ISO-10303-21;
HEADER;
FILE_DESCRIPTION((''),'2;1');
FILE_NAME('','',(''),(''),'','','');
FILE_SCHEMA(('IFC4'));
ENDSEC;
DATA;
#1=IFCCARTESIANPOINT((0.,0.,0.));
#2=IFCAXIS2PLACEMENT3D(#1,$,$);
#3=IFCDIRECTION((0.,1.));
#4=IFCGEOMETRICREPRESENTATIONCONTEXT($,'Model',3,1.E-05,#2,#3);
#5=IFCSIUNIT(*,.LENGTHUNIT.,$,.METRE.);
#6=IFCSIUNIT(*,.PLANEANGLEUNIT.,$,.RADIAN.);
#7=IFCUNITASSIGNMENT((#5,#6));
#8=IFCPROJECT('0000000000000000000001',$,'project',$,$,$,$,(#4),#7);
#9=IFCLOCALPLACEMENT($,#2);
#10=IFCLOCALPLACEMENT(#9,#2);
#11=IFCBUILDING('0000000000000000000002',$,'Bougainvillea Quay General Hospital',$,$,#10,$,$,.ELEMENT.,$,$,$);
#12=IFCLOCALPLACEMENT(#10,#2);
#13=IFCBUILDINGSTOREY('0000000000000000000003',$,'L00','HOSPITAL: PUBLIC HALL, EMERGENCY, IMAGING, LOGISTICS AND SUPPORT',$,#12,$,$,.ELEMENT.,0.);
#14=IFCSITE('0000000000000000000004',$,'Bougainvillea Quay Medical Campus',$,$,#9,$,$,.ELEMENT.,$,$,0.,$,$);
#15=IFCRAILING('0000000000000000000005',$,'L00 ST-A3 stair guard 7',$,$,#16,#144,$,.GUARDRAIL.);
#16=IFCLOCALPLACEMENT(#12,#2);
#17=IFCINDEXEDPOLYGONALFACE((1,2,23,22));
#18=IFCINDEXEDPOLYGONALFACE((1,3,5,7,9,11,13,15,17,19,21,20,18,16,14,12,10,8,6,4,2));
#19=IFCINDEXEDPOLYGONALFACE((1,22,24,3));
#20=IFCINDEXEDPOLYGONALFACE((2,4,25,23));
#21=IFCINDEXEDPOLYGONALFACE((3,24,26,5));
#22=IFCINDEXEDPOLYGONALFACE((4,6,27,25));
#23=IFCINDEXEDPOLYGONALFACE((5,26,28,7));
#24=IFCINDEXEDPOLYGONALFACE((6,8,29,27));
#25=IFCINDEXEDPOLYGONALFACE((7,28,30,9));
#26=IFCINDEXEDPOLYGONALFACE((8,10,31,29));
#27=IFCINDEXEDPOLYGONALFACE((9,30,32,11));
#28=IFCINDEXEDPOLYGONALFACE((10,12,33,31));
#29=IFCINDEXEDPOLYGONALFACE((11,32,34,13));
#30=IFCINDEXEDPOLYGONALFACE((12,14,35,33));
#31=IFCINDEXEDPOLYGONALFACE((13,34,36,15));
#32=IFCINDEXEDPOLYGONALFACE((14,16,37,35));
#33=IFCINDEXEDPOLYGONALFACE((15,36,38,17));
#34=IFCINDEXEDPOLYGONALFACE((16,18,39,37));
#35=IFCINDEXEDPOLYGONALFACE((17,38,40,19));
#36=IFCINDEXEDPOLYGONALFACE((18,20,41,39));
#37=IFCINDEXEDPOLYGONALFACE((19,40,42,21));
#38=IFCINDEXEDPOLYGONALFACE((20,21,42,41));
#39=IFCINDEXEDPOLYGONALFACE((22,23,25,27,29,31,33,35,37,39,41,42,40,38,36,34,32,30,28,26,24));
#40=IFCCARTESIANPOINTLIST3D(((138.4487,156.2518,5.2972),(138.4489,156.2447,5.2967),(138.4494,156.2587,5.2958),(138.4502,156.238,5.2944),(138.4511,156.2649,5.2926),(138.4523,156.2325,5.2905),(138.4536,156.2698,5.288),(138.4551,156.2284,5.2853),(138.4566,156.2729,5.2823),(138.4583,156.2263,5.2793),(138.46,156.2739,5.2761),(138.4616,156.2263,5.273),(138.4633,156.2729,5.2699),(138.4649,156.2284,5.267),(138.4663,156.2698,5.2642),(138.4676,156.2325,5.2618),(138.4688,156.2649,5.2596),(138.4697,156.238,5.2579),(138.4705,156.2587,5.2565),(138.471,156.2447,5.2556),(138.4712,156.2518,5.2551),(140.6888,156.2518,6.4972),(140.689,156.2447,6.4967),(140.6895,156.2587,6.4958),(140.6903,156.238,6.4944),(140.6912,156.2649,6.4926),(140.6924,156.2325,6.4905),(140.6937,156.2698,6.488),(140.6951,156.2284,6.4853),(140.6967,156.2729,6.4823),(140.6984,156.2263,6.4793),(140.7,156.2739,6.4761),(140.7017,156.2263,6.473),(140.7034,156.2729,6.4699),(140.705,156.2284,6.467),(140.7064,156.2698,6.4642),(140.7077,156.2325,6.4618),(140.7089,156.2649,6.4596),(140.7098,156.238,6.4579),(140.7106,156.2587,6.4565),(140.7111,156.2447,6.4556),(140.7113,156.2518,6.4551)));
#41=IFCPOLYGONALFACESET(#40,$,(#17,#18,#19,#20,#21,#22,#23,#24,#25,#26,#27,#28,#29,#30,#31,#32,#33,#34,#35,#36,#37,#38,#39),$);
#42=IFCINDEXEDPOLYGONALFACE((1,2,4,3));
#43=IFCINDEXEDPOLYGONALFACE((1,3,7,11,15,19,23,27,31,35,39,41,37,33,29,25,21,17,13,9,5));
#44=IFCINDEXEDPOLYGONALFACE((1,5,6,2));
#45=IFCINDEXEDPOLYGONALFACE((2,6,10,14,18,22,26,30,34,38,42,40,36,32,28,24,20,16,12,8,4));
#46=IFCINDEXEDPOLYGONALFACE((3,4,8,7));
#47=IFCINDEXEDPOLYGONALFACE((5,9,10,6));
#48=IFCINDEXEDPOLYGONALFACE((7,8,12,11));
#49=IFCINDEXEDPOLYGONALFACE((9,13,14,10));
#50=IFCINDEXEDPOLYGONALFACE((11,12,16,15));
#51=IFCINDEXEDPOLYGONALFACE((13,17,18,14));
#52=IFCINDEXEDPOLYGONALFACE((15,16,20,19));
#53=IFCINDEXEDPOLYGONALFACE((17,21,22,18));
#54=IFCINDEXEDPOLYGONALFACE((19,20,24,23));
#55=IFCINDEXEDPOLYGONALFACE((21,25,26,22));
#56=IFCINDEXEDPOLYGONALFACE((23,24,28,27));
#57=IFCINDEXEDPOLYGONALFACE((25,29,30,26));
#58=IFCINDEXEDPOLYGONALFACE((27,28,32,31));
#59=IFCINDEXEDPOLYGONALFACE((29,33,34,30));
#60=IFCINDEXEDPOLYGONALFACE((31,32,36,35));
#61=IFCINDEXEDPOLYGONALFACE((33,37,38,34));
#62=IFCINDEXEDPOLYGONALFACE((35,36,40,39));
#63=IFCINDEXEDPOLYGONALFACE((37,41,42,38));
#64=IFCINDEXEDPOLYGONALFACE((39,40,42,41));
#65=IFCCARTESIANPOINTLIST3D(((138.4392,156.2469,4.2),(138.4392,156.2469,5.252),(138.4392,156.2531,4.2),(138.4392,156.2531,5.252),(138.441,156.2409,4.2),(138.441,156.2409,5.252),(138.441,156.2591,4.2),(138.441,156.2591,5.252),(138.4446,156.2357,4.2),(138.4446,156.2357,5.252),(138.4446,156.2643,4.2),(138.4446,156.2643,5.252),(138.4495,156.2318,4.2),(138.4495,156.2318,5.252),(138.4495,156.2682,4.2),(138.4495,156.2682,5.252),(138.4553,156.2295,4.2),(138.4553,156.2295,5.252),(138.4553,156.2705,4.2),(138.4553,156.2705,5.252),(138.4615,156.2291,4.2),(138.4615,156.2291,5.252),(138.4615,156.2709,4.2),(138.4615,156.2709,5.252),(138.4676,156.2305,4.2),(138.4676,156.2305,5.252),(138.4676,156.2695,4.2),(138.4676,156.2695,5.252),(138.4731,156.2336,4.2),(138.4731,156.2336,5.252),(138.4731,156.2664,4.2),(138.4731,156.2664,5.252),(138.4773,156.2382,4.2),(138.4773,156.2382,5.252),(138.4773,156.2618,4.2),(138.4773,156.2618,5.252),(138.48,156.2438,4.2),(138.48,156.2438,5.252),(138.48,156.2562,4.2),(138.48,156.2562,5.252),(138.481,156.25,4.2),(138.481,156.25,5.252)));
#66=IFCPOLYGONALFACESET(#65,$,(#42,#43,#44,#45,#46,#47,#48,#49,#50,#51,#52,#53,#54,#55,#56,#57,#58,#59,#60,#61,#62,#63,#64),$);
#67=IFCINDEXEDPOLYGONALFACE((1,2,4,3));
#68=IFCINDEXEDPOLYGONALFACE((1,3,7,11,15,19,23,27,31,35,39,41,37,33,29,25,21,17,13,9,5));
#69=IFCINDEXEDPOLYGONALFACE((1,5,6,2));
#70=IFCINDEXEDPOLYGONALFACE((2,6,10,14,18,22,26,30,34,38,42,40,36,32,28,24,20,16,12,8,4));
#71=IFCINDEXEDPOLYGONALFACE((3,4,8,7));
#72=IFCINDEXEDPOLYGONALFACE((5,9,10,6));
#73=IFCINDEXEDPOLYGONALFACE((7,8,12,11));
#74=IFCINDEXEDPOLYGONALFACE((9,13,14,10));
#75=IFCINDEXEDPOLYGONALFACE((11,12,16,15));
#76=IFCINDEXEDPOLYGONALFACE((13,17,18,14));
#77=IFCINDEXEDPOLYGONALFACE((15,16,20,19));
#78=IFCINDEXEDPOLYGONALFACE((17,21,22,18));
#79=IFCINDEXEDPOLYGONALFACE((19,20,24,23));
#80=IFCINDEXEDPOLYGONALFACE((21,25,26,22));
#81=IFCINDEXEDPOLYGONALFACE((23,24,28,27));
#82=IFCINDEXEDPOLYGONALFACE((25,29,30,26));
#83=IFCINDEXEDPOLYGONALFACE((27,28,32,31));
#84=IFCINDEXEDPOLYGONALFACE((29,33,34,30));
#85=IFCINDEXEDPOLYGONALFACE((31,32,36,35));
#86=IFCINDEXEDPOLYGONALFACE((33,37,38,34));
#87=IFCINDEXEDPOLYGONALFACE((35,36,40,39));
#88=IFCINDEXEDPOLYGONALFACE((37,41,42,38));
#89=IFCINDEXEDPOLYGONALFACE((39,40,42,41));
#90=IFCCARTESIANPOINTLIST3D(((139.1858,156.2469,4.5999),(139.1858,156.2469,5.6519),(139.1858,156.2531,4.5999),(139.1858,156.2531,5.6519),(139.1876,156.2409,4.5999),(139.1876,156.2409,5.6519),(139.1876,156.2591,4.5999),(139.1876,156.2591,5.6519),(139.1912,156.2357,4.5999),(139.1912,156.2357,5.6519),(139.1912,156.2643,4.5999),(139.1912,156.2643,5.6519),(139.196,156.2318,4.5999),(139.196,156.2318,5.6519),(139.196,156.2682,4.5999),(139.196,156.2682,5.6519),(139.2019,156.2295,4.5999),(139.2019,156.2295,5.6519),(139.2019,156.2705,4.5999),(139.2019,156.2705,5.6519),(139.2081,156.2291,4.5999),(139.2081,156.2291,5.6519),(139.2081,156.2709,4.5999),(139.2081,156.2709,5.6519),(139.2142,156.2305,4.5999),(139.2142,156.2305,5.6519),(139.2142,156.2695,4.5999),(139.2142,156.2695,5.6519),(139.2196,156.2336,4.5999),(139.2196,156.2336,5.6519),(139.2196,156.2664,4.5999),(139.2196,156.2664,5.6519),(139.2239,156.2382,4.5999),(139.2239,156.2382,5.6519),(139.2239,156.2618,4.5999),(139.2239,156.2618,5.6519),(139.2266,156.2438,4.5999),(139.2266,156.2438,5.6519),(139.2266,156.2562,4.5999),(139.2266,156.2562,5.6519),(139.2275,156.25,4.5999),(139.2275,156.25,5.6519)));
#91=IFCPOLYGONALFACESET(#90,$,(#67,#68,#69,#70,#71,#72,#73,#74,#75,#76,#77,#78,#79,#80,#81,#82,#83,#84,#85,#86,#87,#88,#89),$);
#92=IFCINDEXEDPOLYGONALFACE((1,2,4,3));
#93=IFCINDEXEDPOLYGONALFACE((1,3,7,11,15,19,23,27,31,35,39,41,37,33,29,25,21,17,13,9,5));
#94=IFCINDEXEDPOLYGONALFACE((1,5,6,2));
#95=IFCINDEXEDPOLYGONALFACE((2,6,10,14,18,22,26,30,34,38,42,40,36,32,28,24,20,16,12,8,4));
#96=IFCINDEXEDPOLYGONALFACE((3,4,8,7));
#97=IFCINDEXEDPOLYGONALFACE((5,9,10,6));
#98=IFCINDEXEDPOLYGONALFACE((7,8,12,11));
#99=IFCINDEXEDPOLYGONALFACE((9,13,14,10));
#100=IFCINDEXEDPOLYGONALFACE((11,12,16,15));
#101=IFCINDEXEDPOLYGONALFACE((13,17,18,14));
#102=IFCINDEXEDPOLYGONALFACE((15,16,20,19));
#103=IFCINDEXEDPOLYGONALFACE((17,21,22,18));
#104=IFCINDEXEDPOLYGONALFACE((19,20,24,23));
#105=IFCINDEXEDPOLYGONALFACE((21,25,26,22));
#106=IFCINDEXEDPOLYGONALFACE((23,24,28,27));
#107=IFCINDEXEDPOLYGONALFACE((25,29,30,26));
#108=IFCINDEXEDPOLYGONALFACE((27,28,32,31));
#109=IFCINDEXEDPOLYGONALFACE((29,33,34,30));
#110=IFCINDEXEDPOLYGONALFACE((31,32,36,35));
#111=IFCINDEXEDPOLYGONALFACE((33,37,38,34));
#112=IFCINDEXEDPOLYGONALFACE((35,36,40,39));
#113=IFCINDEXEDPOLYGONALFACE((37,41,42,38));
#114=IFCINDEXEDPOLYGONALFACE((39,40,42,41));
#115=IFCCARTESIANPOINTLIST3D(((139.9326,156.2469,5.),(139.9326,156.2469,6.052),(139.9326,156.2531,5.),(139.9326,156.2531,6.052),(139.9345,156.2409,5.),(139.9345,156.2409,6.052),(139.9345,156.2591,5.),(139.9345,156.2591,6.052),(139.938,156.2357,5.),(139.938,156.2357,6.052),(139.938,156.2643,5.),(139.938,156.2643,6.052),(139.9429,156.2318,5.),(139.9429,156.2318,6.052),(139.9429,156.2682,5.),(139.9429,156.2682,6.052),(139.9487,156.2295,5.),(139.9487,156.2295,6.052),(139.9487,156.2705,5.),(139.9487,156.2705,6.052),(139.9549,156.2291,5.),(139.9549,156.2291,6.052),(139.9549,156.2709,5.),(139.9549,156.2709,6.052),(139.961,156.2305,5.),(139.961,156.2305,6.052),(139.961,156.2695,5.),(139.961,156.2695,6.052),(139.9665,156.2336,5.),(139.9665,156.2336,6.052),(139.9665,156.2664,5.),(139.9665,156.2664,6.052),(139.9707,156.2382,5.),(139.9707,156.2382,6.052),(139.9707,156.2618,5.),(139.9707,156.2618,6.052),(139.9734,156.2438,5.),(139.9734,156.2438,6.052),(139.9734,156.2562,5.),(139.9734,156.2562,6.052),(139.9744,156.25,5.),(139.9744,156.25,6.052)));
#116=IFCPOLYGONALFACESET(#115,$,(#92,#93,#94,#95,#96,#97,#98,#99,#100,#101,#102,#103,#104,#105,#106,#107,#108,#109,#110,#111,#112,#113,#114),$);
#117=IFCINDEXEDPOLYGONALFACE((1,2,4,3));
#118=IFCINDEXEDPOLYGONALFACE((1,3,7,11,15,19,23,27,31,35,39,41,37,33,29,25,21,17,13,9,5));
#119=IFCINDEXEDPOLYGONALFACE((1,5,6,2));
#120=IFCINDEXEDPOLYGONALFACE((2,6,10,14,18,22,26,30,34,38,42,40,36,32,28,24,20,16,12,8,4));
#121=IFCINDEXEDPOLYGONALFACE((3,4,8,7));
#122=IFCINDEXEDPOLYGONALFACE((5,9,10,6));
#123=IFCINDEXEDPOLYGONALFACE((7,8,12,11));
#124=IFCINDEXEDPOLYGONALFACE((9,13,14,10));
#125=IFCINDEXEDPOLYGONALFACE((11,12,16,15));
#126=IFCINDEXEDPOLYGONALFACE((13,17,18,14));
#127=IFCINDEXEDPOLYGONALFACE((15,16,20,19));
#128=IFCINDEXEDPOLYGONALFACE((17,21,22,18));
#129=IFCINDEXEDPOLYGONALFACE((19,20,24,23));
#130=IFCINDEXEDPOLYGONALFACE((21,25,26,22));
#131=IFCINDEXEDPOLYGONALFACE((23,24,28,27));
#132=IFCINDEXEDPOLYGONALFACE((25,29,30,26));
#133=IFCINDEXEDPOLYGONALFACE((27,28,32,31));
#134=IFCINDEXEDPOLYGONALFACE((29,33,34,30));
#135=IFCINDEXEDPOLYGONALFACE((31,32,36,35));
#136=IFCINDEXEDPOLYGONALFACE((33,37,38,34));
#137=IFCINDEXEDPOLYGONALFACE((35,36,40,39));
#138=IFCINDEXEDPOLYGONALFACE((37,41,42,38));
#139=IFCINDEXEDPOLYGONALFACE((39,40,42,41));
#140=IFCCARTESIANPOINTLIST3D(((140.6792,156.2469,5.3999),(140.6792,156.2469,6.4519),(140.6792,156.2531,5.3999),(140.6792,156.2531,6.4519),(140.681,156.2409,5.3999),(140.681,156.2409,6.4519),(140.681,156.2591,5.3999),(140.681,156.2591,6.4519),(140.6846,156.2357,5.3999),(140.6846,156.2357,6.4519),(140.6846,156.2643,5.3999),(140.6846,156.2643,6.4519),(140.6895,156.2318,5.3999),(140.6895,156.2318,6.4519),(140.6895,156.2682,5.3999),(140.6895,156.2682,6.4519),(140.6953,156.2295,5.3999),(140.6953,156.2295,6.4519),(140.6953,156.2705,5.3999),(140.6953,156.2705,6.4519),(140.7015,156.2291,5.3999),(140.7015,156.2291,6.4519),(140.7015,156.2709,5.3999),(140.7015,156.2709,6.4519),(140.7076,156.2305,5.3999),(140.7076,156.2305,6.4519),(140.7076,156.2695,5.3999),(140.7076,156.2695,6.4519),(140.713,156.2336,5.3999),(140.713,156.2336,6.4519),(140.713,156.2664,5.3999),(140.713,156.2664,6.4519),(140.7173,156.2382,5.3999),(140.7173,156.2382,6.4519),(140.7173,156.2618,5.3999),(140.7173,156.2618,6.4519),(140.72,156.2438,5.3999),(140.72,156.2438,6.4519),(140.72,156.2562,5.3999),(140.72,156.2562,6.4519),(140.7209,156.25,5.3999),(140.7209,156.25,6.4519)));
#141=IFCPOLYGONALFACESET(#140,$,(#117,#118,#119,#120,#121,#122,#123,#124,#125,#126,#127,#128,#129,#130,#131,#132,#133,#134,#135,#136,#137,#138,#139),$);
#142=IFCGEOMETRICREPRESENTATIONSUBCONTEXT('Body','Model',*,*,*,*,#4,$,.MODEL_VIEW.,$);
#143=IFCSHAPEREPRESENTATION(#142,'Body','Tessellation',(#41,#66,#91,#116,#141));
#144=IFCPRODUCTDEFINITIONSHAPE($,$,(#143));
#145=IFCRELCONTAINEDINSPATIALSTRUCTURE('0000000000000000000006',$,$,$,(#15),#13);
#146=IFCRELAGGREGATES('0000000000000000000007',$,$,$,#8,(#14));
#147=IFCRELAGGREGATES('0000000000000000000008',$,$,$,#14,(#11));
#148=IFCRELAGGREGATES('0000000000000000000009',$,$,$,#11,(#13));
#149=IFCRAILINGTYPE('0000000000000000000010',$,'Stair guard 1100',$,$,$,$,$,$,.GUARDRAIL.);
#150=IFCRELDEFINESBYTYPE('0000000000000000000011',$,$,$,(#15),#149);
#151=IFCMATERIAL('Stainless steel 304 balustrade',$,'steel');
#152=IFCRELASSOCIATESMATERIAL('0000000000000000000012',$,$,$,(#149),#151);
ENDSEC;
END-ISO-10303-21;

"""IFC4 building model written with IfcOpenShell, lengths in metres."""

from ifc_helpers import new_model, si_unit, direction, frame, origin, origin_2d, place, context, subcontext, project, spatial, circle, extrude, material, type_object, element, save


model = new_model("IFC4")

# Units and contexts
model_context = context("Model", 3, precision=1e-05, world=origin(), true_north=direction((0.0, 1.0)))
body_context = subcontext(model_context, "Body", "Model", "MODEL_VIEW")
ifc_project = project(units=[si_unit("LENGTHUNIT", "METRE"), si_unit("PLANEANGLEUNIT", "RADIAN")], contexts=[model_context])

# Site, building, storey
site_placement = place(None, origin())
site = spatial("IfcSite", under=ifc_project, at=site_placement, Name="Bougainvillea Quay Medical Campus", CompositionType="ELEMENT", RefElevation=0.0)
building_placement = place(site_placement, origin())
building = spatial("IfcBuilding", under=site, at=building_placement, Name="Bougainvillea Quay General Hospital", CompositionType="ELEMENT")
storey_placement = place(building_placement, origin())
storey = spatial("IfcBuildingStorey", under=building, at=storey_placement, Name="L00", Description="HOSPITAL: PUBLIC HALL, EMERGENCY, IMAGING, LOGISTICS AND SUPPORT", CompositionType="ELEMENT", Elevation=0.0)

# Railing
ifc_material_1 = material(Name="Stainless steel 304 balustrade", Category="steel")
railing_type_1 = type_object("IfcRailingType", Name="Stair guard 1100", PredefinedType="GUARDRAIL", material=ifc_material_1)
railing_1_placement = place(storey_placement, frame((138.46, 156.25, 4.2)))
element("IfcRailing", 1, at=railing_1_placement, inside=storey, type_object=railing_type_1, Name="L00 ST-A3 stair guard 7", PredefinedType="GUARDRAIL", context=body_context, shape_type="SweptSolid", body=[
    extrude(circle(Radius=0.0239, at=origin_2d()), frame((0.0, 0.0, 1.0762), z_axis=(0.881487, 0.0, 0.472208), x_axis=(0.0, 1.0, 0.0)), (0.0, 0.0, 1.0), 2.5413),
    extrude(circle(Radius=0.021, at=origin_2d()), origin(), (0.0, 0.0, 1.0), 1.052),
    extrude(circle(Radius=0.021, at=origin_2d()), frame((0.7466, 0.0, 0.3999)), (0.0, 0.0, 1.0), 1.052),
    extrude(circle(Radius=0.021, at=origin_2d()), frame((1.4934, 0.0, 0.8)), (0.0, 0.0, 1.0), 1.052),
    extrude(circle(Radius=0.021, at=origin_2d()), frame((2.24, 0.0, 1.2)), (0.0, 0.0, 1.0), 1.052),
])

save(model, "model.ifc")
